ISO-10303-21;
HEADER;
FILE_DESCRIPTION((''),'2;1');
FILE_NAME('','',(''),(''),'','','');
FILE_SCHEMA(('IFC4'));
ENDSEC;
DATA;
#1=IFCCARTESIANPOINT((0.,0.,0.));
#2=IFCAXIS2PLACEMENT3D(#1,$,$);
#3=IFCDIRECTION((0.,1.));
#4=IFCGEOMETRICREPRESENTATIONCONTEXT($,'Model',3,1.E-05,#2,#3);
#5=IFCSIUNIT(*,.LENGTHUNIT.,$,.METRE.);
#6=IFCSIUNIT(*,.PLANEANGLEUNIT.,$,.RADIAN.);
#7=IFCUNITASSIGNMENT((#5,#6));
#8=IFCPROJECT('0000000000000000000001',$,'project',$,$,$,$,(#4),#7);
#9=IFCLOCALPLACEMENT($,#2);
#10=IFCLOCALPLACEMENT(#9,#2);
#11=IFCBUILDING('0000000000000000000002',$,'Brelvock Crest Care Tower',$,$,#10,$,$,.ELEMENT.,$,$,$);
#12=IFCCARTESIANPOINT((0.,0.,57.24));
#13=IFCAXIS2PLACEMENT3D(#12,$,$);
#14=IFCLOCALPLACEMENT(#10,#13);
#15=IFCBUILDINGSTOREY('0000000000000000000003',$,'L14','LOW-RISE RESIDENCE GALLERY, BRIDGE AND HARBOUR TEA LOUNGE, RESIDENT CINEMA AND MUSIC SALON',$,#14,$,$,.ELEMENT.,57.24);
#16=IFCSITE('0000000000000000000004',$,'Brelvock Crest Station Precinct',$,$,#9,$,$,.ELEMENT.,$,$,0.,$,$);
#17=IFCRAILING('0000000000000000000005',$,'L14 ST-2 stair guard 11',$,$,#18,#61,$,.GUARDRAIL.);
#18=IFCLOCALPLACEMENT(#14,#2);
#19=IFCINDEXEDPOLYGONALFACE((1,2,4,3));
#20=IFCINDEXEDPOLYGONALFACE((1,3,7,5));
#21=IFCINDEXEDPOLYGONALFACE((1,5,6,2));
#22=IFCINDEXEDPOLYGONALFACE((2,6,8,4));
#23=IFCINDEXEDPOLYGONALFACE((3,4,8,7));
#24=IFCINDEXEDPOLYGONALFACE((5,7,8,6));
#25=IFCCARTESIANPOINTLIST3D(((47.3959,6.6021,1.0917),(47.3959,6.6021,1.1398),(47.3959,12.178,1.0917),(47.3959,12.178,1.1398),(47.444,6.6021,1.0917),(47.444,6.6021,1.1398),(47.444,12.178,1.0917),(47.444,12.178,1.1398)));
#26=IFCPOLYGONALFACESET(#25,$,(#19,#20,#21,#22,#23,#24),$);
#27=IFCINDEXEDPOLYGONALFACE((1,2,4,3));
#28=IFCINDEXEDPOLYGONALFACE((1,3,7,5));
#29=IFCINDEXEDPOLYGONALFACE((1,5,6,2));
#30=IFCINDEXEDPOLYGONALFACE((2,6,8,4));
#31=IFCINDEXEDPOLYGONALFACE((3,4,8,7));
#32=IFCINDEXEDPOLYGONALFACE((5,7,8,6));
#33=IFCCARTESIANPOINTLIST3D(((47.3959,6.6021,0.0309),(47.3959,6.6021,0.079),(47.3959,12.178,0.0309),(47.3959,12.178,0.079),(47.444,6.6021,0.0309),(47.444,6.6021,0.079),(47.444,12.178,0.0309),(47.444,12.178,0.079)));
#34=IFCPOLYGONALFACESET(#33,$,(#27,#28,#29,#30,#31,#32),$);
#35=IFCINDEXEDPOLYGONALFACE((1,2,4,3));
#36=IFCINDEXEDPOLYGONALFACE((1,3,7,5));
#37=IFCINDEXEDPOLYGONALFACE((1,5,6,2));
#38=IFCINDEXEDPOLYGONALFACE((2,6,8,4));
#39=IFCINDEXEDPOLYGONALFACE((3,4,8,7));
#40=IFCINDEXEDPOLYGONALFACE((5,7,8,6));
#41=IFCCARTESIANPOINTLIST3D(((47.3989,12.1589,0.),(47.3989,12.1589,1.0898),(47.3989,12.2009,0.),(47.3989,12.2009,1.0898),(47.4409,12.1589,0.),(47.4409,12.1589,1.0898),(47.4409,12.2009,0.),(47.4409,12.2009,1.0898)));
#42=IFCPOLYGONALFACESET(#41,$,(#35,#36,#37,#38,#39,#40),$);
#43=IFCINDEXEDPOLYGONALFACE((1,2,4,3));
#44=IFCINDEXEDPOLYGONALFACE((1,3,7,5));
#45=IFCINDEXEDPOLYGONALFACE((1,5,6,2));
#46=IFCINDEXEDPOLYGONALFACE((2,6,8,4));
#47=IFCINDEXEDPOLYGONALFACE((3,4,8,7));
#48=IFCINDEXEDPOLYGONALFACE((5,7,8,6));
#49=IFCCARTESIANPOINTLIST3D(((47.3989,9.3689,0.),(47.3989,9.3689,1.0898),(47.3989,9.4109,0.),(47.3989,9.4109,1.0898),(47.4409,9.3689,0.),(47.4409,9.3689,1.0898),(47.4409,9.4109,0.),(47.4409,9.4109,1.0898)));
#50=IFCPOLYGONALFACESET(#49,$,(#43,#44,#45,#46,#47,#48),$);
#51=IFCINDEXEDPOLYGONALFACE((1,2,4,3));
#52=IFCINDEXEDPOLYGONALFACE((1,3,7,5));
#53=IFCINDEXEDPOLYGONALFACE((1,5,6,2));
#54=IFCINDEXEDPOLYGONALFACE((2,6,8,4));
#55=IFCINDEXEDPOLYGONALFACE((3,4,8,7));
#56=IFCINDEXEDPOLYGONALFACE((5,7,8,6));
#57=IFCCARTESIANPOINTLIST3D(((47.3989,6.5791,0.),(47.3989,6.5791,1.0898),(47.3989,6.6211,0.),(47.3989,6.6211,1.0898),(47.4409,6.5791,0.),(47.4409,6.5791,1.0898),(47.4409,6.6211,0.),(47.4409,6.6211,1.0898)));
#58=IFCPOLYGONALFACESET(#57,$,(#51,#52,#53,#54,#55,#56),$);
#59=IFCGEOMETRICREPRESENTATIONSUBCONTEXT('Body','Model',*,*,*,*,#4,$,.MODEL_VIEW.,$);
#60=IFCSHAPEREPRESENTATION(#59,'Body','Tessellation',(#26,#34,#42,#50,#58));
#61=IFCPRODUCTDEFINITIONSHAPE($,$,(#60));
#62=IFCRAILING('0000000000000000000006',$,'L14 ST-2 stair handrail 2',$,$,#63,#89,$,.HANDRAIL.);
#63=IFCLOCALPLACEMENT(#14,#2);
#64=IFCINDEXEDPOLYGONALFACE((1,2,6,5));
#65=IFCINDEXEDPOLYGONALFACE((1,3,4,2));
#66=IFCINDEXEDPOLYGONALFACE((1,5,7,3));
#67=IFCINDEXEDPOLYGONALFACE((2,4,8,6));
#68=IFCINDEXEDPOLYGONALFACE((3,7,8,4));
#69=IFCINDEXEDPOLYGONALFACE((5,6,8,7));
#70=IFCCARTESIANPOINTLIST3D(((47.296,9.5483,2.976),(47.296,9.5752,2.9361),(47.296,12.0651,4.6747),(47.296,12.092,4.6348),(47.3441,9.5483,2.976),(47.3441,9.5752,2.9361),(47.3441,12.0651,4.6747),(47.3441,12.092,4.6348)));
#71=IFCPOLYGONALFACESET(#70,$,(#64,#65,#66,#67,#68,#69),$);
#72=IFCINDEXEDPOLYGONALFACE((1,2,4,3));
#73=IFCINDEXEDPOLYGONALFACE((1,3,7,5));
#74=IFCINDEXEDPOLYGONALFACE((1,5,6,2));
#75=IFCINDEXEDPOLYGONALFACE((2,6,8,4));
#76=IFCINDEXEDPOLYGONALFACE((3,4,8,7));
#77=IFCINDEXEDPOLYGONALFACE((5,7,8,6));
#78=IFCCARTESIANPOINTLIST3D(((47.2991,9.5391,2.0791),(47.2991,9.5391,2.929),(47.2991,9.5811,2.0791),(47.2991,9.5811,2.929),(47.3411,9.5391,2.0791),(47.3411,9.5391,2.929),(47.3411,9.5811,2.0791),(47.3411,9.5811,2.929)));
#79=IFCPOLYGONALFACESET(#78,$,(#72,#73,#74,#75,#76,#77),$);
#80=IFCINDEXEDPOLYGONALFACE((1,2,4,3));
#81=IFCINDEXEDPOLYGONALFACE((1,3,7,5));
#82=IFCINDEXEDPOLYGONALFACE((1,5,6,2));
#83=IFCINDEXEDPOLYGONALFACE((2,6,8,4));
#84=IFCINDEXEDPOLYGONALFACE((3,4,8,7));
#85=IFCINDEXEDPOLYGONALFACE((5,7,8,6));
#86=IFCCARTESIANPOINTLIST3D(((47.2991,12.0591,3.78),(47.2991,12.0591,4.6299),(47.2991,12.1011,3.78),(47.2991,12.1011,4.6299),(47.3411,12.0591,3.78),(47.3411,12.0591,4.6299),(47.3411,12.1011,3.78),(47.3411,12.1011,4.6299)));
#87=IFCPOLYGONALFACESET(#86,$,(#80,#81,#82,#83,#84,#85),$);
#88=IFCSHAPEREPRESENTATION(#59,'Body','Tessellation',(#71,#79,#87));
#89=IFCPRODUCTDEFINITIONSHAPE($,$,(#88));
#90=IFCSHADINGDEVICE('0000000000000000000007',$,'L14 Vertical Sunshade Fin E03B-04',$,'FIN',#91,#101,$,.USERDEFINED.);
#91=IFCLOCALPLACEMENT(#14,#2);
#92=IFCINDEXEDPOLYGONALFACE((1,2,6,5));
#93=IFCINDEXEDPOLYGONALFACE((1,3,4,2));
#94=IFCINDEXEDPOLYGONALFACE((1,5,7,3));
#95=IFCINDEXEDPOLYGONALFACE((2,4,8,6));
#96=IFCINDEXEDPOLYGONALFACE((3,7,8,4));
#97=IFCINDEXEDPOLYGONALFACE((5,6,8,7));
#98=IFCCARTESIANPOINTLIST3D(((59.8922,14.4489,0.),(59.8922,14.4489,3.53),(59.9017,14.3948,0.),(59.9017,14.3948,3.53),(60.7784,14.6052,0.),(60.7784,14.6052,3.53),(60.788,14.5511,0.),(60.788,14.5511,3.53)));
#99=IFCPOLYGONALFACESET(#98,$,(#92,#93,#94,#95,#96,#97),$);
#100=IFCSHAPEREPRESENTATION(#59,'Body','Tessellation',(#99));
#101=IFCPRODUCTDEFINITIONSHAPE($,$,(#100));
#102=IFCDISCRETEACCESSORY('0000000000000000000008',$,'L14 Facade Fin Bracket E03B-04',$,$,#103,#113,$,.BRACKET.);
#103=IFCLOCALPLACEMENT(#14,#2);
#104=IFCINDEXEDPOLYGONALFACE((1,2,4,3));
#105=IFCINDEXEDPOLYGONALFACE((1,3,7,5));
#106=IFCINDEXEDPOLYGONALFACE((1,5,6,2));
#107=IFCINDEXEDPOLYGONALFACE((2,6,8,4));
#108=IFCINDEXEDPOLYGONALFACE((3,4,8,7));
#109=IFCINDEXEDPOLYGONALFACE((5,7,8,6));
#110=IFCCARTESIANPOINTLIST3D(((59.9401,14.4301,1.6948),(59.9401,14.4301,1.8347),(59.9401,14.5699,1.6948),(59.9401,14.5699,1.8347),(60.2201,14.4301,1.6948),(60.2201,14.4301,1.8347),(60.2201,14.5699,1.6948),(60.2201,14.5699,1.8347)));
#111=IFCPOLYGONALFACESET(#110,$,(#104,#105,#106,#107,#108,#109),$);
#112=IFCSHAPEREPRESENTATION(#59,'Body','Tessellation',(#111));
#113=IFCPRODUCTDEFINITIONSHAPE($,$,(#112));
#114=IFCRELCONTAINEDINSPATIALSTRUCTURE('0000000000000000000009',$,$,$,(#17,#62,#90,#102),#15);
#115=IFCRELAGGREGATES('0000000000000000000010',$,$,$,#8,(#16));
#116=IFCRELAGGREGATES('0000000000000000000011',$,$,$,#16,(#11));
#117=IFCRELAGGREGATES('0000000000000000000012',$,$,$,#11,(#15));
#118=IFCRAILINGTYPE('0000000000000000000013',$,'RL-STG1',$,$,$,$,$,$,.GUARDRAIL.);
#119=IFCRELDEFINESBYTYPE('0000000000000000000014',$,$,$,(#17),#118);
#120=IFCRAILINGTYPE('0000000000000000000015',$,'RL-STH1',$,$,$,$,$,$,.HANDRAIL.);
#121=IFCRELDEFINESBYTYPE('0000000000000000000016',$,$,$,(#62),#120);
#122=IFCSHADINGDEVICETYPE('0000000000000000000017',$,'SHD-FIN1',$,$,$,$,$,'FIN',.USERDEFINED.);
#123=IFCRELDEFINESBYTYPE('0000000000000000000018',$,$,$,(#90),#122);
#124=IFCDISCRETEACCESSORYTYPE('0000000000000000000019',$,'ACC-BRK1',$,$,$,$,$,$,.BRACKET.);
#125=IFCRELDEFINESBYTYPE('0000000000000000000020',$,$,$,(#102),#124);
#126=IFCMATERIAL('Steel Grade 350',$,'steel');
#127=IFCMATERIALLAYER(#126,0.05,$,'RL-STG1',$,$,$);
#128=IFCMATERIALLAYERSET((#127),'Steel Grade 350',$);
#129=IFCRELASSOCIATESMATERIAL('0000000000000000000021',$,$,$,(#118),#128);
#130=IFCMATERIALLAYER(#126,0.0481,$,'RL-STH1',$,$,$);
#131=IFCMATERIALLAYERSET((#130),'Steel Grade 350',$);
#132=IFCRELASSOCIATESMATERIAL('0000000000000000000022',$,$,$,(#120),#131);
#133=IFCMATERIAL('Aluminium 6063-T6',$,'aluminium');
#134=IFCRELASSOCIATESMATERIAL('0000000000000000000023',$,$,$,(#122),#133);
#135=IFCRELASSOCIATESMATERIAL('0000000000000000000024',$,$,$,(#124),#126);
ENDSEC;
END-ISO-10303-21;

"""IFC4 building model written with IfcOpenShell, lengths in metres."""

from ifc_helpers import new_model, si_unit, direction, frame, origin, origin_2d, place, context, subcontext, project, spatial, rectangle, extrude, source, transform, mapped, material, layer, layer_set, material_profile, profile_set, type_object, element, save


model = new_model("IFC4")

# Units and contexts
model_context = context("Model", 3, precision=1e-05, world=origin(), true_north=direction((0.0, 1.0)))
body_context = subcontext(model_context, "Body", "Model", "MODEL_VIEW")
ifc_project = project(units=[si_unit("LENGTHUNIT", "METRE"), si_unit("PLANEANGLEUNIT", "RADIAN")], contexts=[model_context])

# Site, building, storey
site_placement = place(None, origin())
site = spatial("IfcSite", under=ifc_project, at=site_placement, Name="Brelvock Crest Station Precinct", CompositionType="ELEMENT", RefElevation=0.0)
building_placement = place(site_placement, origin())
building = spatial("IfcBuilding", under=site, at=building_placement, Name="Brelvock Crest Care Tower", CompositionType="ELEMENT")
storey_placement = place(building_placement, frame((0.0, 0.0, 57.24)))
storey = spatial("IfcBuildingStorey", under=building, at=storey_placement, Name="L14", Description="LOW-RISE RESIDENCE GALLERY, BRIDGE AND HARBOUR TEA LOUNGE, RESIDENT CINEMA AND MUSIC SALON", CompositionType="ELEMENT", Elevation=57.24)

# Shared definitions
ifc_material_1 = material(Name="Steel Grade 350", Category="steel")

# Shared definitions
ifc_material_2 = material(Name="Aluminium 6063-T6", Category="aluminium")

# Railings
ifc_layer_1 = layer(ifc_material_1, 0.05, Name="RL-STG1")
ifc_layer_set_1 = layer_set([ifc_layer_1], Name="Steel Grade 350")
railing_type_1 = type_object("IfcRailingType", Name="RL-STG1", PredefinedType="GUARDRAIL", material=ifc_layer_set_1)
railing_1_placement = place(storey_placement, frame((47.4199, 12.1799, 0.0)))
element("IfcRailing", 1, at=railing_1_placement, inside=storey, type_object=railing_type_1, Name="L14 ST-2 stair guard 11", PredefinedType="GUARDRAIL", context=body_context, shape_type="SweptSolid", body=[
    extrude(rectangle(XDim=0.0481, YDim=0.0481, at=origin_2d()), frame((0.0, -0.002, 1.1157), z_axis=(0.0, -1.0, 0.0), x_axis=(1.0, 0.0, 0.0)), (0.0, 0.0, 1.0), 5.5759),
    extrude(rectangle(XDim=0.0481, YDim=0.0481, at=origin_2d()), frame((0.0, -0.002, 0.0549), z_axis=(0.0, -1.0, 0.0), x_axis=(1.0, 0.0, 0.0)), (0.0, 0.0, 1.0), 5.5759),
    extrude(rectangle(XDim=0.042, YDim=0.042, at=origin_2d()), origin(), (0.0, 0.0, 1.0), 1.0898),
    extrude(rectangle(XDim=0.042, YDim=0.042, at=origin_2d()), frame((0.0, -2.79, 0.0)), (0.0, 0.0, 1.0), 1.0898),
    extrude(rectangle(XDim=0.042, YDim=0.042, at=origin_2d()), frame((0.0, -5.5798, 0.0)), (0.0, 0.0, 1.0), 1.0898),
])
ifc_layer_2 = layer(ifc_material_1, 0.0481, Name="RL-STH1")
ifc_layer_set_2 = layer_set([ifc_layer_2], Name="Steel Grade 350")
railing_type_2 = type_object("IfcRailingType", Name="RL-STH1", PredefinedType="HANDRAIL", material=ifc_layer_set_2)
railing_2_placement = place(storey_placement, frame((47.3201, 9.5601, 2.0791)))
element("IfcRailing", 2, at=railing_2_placement, inside=storey, type_object=railing_type_2, Name="L14 ST-2 stair handrail 2", PredefinedType="HANDRAIL", context=body_context, shape_type="SweptSolid", body=[
    extrude(rectangle(XDim=0.0481, YDim=0.0481, at=origin_2d()), frame((0.0, 0.0017, 0.877), z_axis=(0.0, 0.828862, 0.559454), x_axis=(-1.0, 0.0, 0.0)), (0.0, 0.0, 1.0), 3.0364),
    extrude(rectangle(XDim=0.042, YDim=0.042, at=origin_2d()), origin(), (0.0, 0.0, 1.0), 0.8499),
    extrude(rectangle(XDim=0.042, YDim=0.042, at=origin_2d()), frame((0.0, 2.52, 1.7009)), (0.0, 0.0, 1.0), 0.8499),
])

# Shading device
ifc_material_profile_1 = material_profile(ifc_material_2, rectangle(XDim=0.0549, YDim=0.8999, at=origin_2d()), Name="FIN55x900")
ifc_profile_set_1 = profile_set([ifc_material_profile_1], Name="Aluminium 6063-T6")
shading_device_type = type_object("IfcShadingDeviceType", Name="SHD-FIN1", ElementType="FIN", PredefinedType="USERDEFINED", material=ifc_profile_set_1)
shared_shape_1 = source(origin(), body_context, "Body", "SweptSolid", [
    extrude(rectangle(XDim=0.0549, YDim=0.8999, at=origin_2d()), origin(), (0.0, 0.0, 1.0), 3.53),
])
shading_device_placement = place(storey_placement, frame((60.3401, 14.5, 0.0), z_axis=(0.0, 0.0, 1.0), x_axis=(0.173648, -0.984808, 0.0)))
element("IfcShadingDevice", 3, at=shading_device_placement, inside=storey, type_object=shading_device_type, Name="L14 Vertical Sunshade Fin E03B-04", ObjectType="FIN", PredefinedType="USERDEFINED", context=body_context, shape_type="MappedRepresentation", body=[
    mapped(shared_shape_1, transform((0.0, 0.0, 0.0), x_axis=(1.0, 0.0, 0.0), y_axis=(0.0, 1.0, 0.0), z_axis=(0.0, 0.0, 1.0), scale=1.0)),
])

# Discrete accessory
discrete_accessory_type = type_object("IfcDiscreteAccessoryType", Name="ACC-BRK1", PredefinedType="BRACKET", material=ifc_material_1)
shared_shape_2 = source(origin(), body_context, "Body", "SweptSolid", [
    extrude(rectangle(XDim=0.28, YDim=0.1399, at=origin_2d()), origin(), (0.0, 0.0, 1.0), 0.1399),
])
discrete_accessory_placement = place(storey_placement, frame((60.0801, 14.5, 1.6948), z_axis=(0.0, 0.0, 1.0), x_axis=(1.0, 0.0, 0.0)))
element("IfcDiscreteAccessory", 4, at=discrete_accessory_placement, inside=storey, type_object=discrete_accessory_type, Name="L14 Facade Fin Bracket E03B-04", PredefinedType="BRACKET", context=body_context, shape_type="MappedRepresentation", body=[
    mapped(shared_shape_2, transform((0.0, 0.0, 0.0), x_axis=(1.0, 0.0, 0.0), y_axis=(0.0, 1.0, 0.0), z_axis=(0.0, 0.0, 1.0), scale=1.0)),
])

save(model, "model.ifc")
